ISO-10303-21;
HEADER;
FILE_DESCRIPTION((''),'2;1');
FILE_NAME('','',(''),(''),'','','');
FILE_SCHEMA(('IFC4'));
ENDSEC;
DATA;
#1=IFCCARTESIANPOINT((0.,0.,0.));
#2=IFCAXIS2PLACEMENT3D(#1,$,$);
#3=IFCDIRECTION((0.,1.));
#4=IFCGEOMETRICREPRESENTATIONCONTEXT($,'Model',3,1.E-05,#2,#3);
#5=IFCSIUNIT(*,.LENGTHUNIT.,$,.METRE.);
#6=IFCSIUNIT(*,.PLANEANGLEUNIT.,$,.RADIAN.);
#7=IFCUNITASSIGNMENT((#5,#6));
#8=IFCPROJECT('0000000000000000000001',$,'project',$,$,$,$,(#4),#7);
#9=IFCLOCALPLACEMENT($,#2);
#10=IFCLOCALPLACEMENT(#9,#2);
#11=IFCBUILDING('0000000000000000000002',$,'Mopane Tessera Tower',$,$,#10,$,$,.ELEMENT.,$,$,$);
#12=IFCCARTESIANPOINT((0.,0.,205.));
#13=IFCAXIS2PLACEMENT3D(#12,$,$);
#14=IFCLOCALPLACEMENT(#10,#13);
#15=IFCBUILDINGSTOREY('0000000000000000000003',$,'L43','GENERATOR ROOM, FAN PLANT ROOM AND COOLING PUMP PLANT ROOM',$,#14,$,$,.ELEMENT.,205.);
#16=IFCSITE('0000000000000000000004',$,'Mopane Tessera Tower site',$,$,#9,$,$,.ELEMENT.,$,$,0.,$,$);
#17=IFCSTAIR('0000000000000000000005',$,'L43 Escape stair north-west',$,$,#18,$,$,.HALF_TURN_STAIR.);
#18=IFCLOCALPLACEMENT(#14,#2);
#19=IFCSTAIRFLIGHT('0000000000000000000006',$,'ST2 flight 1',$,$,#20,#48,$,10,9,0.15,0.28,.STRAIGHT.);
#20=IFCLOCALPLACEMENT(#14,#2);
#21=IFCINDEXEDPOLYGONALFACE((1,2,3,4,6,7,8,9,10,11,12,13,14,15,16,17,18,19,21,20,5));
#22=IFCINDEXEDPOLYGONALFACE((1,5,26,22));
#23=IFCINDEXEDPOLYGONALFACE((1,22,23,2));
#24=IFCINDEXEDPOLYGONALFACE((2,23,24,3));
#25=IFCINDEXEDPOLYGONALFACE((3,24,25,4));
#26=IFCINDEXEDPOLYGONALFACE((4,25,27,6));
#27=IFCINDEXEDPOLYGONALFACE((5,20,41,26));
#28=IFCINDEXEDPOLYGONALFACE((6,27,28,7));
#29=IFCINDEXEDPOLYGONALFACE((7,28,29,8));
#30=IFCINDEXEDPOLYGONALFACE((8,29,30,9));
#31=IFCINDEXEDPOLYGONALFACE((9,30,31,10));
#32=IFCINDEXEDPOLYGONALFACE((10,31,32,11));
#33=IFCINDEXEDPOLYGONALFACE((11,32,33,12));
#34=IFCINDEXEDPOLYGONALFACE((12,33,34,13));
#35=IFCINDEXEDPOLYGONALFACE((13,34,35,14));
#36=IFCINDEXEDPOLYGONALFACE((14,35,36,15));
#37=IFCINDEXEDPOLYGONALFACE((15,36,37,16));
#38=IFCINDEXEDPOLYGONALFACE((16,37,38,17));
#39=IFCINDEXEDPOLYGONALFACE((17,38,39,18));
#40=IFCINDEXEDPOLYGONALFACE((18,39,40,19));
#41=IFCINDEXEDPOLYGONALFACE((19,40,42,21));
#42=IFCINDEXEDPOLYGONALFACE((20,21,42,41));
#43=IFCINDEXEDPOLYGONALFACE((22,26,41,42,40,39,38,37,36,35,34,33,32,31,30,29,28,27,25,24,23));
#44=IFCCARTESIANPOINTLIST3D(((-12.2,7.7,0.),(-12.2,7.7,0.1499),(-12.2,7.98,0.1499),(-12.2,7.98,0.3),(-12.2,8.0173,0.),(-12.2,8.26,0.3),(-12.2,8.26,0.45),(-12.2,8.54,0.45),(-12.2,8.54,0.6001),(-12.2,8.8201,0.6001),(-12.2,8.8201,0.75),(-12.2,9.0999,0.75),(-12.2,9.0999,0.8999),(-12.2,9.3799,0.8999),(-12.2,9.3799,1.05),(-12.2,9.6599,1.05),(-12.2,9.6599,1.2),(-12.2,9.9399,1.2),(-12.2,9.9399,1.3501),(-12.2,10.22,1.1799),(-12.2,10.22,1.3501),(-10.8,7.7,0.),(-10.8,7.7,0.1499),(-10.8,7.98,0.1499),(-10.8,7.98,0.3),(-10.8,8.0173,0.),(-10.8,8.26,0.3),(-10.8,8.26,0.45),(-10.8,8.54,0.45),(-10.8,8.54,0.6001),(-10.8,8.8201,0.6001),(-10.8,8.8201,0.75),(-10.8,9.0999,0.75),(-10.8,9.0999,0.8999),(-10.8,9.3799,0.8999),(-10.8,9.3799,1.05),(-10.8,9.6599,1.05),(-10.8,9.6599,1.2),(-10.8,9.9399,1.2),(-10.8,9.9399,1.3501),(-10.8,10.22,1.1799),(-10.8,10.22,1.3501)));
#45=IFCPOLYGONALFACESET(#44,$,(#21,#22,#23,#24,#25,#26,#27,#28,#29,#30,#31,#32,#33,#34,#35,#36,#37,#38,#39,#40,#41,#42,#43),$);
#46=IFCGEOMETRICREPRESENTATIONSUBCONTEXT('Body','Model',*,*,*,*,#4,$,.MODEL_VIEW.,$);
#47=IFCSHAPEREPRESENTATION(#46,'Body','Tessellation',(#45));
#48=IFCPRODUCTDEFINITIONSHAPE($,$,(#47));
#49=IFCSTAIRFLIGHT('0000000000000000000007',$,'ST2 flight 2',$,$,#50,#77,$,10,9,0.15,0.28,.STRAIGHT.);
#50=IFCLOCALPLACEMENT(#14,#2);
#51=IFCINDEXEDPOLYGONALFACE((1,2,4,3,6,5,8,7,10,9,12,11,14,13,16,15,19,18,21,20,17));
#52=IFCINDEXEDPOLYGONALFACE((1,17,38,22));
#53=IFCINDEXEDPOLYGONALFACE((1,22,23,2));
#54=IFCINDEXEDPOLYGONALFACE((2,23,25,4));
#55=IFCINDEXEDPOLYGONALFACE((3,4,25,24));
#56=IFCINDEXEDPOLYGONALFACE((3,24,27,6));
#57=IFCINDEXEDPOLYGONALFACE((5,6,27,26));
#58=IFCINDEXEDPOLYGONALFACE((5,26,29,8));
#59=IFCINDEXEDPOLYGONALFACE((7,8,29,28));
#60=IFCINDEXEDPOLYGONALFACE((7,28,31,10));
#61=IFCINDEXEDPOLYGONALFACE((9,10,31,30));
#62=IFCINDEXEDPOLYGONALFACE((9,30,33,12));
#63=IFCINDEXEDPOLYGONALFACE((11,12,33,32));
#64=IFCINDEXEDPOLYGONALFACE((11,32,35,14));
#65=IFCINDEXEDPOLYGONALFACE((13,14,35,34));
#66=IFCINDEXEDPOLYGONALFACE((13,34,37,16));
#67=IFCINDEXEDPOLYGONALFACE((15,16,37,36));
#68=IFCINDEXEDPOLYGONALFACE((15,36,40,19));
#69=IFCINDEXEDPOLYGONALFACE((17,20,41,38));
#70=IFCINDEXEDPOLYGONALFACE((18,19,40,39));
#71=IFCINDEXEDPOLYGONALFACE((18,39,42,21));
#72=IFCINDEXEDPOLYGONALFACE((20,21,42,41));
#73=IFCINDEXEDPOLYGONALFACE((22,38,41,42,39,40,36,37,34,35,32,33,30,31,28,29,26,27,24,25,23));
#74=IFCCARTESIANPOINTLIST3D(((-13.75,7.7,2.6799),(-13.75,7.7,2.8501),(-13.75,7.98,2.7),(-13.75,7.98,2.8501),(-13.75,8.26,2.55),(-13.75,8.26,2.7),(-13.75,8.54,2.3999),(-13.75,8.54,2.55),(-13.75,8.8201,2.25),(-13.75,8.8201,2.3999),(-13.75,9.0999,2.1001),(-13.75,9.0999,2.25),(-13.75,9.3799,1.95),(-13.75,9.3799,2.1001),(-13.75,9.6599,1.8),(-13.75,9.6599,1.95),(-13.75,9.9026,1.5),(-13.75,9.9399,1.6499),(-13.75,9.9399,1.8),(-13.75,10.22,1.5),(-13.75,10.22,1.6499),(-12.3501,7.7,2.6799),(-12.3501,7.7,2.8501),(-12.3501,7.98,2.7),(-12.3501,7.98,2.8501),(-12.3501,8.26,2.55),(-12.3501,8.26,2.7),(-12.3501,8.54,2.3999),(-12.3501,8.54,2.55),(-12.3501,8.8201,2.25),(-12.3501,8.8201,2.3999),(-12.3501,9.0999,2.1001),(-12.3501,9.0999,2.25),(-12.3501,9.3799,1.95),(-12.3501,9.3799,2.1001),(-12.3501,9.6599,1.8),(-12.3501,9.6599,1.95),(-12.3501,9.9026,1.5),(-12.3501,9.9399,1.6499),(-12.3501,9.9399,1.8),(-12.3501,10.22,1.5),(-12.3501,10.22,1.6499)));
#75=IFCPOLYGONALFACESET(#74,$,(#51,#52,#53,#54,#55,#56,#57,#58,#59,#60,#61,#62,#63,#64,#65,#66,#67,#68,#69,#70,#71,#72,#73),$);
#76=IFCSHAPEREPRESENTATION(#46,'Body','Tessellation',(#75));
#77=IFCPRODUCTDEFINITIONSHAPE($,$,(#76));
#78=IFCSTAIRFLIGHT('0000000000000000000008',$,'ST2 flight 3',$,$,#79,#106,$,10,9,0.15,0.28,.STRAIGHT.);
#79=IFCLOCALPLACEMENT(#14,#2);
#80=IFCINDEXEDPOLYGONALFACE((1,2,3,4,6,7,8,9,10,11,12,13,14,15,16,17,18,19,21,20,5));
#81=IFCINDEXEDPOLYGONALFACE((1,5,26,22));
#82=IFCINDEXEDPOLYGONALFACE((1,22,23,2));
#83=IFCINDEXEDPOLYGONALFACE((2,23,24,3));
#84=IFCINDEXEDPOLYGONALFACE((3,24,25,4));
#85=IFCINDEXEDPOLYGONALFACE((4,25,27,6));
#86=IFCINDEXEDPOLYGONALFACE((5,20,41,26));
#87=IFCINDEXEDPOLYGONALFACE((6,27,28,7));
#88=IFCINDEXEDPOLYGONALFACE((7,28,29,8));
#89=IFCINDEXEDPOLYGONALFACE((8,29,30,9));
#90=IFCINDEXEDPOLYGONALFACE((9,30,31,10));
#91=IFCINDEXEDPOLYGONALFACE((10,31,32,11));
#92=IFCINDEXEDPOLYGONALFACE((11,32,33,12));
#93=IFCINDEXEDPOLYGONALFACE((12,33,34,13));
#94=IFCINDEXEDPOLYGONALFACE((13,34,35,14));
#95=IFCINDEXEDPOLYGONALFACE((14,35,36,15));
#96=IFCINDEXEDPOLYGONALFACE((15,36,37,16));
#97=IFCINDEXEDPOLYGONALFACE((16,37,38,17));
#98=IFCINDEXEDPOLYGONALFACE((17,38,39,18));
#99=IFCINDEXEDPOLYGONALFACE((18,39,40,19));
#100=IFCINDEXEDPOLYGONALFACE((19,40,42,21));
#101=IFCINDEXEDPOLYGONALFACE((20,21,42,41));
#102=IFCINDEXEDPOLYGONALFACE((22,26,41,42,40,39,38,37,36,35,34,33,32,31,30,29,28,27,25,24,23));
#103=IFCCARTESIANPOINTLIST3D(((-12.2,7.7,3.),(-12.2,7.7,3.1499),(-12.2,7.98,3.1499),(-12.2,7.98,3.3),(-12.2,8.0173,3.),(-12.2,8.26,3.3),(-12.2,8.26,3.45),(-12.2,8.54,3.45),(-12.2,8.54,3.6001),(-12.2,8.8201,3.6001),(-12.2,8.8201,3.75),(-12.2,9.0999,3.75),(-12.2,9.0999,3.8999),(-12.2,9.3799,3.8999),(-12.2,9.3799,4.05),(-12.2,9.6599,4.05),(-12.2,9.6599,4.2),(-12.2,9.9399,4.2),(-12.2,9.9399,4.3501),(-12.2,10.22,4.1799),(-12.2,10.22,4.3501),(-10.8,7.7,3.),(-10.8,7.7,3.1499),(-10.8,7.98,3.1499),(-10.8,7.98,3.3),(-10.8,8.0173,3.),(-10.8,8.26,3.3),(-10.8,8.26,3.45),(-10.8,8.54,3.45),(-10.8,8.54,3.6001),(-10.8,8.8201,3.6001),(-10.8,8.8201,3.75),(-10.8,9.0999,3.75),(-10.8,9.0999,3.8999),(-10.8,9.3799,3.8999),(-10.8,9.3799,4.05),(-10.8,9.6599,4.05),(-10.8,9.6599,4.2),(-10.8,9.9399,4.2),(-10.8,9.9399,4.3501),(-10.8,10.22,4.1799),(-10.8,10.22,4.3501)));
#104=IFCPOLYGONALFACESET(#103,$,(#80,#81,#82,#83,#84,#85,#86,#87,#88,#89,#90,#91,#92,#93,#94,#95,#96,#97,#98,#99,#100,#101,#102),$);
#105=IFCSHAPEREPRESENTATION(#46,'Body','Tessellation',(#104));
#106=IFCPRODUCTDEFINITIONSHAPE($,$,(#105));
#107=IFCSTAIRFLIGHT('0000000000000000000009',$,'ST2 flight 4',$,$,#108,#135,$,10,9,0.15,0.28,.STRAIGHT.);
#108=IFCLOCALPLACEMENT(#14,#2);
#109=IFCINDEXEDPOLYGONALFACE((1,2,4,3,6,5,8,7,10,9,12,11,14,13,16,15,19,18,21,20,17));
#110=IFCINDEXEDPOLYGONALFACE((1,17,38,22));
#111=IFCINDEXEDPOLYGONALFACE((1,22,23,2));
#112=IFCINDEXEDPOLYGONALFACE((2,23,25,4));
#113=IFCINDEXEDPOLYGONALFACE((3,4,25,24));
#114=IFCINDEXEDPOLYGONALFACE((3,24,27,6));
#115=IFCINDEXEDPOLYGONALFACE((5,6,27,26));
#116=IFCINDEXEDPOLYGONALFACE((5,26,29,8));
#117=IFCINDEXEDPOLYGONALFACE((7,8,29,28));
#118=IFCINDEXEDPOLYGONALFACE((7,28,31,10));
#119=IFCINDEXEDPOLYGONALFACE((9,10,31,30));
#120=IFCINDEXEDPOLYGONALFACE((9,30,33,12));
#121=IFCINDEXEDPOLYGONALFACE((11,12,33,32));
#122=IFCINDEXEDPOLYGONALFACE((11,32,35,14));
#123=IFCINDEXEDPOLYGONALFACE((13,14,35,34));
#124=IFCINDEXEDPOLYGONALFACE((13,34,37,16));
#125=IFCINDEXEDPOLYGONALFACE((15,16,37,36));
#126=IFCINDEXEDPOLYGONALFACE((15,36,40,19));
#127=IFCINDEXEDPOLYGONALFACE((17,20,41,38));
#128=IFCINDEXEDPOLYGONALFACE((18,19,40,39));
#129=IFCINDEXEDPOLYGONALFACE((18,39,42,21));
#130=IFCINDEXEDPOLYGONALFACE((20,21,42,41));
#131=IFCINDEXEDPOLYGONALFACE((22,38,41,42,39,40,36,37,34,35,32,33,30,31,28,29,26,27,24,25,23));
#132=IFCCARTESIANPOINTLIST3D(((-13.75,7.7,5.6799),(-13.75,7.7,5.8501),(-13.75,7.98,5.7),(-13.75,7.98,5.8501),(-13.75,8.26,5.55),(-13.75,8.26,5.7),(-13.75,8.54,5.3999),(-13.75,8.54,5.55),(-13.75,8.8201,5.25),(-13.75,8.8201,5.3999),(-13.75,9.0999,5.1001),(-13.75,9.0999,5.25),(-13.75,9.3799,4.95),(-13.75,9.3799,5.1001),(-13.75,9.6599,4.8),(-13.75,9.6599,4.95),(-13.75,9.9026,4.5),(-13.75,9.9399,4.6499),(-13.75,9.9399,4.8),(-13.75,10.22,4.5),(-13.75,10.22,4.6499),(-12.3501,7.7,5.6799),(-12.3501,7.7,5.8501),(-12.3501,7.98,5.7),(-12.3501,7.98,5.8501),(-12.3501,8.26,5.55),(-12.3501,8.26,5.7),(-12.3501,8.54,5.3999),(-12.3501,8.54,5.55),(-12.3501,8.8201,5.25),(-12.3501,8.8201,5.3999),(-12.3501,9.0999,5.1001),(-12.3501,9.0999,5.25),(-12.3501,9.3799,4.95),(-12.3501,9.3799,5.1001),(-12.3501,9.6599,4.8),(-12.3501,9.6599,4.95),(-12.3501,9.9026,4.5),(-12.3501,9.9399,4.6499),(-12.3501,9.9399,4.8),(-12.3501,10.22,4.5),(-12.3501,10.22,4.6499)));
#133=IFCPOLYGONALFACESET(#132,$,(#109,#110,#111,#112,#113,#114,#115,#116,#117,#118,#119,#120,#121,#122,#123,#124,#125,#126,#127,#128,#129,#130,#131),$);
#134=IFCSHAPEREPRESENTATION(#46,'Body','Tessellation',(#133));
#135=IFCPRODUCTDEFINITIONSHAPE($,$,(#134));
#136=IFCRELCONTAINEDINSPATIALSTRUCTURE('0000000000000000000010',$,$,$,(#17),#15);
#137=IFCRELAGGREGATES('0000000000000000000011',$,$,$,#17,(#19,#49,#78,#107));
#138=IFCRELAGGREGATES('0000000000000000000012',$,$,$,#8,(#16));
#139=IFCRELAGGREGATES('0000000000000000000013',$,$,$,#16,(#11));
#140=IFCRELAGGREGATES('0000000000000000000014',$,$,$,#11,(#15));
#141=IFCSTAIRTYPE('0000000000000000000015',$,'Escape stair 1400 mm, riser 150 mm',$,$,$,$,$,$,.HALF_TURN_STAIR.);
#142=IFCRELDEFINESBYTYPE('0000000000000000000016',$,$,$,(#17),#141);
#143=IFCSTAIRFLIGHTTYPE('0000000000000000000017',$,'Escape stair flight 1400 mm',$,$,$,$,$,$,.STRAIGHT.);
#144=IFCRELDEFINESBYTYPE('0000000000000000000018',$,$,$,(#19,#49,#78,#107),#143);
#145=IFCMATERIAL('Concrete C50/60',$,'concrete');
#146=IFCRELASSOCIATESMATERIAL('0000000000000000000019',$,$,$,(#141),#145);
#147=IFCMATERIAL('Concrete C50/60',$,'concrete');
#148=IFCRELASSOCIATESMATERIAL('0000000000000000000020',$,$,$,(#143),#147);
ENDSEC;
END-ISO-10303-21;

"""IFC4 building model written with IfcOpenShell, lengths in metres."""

from ifc_helpers import new_model, si_unit, direction, frame, origin, place, context, subcontext, project, spatial, polyline, outline, extrude, material, type_object, element, aggregate, save


model = new_model("IFC4")

# Units and contexts
model_context = context("Model", 3, precision=1e-05, world=origin(), true_north=direction((0.0, 1.0)))
body_context = subcontext(model_context, "Body", "Model", "MODEL_VIEW")
ifc_project = project(units=[si_unit("LENGTHUNIT", "METRE"), si_unit("PLANEANGLEUNIT", "RADIAN")], contexts=[model_context])

# Site, building, storey
site_placement = place(None, origin())
site = spatial("IfcSite", under=ifc_project, at=site_placement, Name="Mopane Tessera Tower site", CompositionType="ELEMENT", RefElevation=0.0)
building_placement = place(site_placement, origin())
building = spatial("IfcBuilding", under=site, at=building_placement, Name="Mopane Tessera Tower", CompositionType="ELEMENT")
storey_placement = place(building_placement, frame((0.0, 0.0, 205.0)))
storey = spatial("IfcBuildingStorey", under=building, at=storey_placement, Name="L43", Description="GENERATOR ROOM, FAN PLANT ROOM AND COOLING PUMP PLANT ROOM", CompositionType="ELEMENT", Elevation=205.0)

# Stair, stair flights
ifc_material_1 = material(Name="Concrete C50/60", Category="concrete")
stair_type = type_object("IfcStairType", Name="Escape stair 1400 mm, riser 150 mm", PredefinedType="HALF_TURN_STAIR", material=ifc_material_1)
stair_placement = place(storey_placement, origin())
stair = element("IfcStair", 1, at=stair_placement, inside=storey, type_object=stair_type, Name="L43 Escape stair north-west", PredefinedType="HALF_TURN_STAIR")
ifc_material_2 = material(Name="Concrete C50/60", Category="concrete")
stair_flight_type = type_object("IfcStairFlightType", Name="Escape stair flight 1400 mm", PredefinedType="STRAIGHT", material=ifc_material_2)
stair_flight_1_placement = place(storey_placement, frame((-11.5, 7.7, 0.0), z_axis=(0.0, 0.0, 1.0), x_axis=(0.0, 1.0, 0.0)))
stair_flight_1 = element("IfcStairFlight", 2, at=stair_flight_1_placement, type_object=stair_flight_type, Name="ST2 flight 1", NumberOfRisers=10, NumberOfTreads=9, PredefinedType="STRAIGHT", RiserHeight=0.15, TreadLength=0.28, context=body_context, shape_type="SweptSolid", body=[
    extrude(outline(polyline([(0.0, 0.0), (0.0, 0.1499), (0.28, 0.1499), (0.28, 0.3), (0.5601, 0.3), (0.5601, 0.45), (0.8401, 0.45), (0.8401, 0.6001), (1.1201, 0.6001), (1.1201, 0.75), (1.3999, 0.75), (1.3999, 0.8999), (1.6799, 0.8999), (1.6799, 1.05), (1.96, 1.05), (1.96, 1.2), (2.24, 1.2), (2.24, 1.3501), (2.52, 1.3501), (2.52, 1.5), (2.52, 1.1799), (0.3174, 0.0), (0.0, 0.0)])), frame((0.0, 0.7, 0.0), z_axis=(0.0, -1.0, 0.0), x_axis=(1.0, 0.0, 0.0)), (0.0, 0.0, 1.0), 1.3999),
])
stair_flight_2_placement = place(storey_placement, frame((-13.05, 10.22, 1.5), z_axis=(0.0, 0.0, 1.0), x_axis=(0.0, -1.0, 0.0)))
stair_flight_2 = element("IfcStairFlight", 3, at=stair_flight_2_placement, type_object=stair_flight_type, Name="ST2 flight 2", NumberOfRisers=10, NumberOfTreads=9, PredefinedType="STRAIGHT", RiserHeight=0.15, TreadLength=0.28, context=body_context, shape_type="SweptSolid", body=[
    extrude(outline(polyline([(0.0, 0.0), (0.0, 0.1499), (0.28, 0.1499), (0.28, 0.3), (0.5601, 0.3), (0.5601, 0.45), (0.8401, 0.45), (0.8401, 0.6001), (1.1201, 0.6001), (1.1201, 0.75), (1.3999, 0.75), (1.3999, 0.8999), (1.6799, 0.8999), (1.6799, 1.05), (1.96, 1.05), (1.96, 1.2), (2.24, 1.2), (2.24, 1.3501), (2.52, 1.3501), (2.52, 1.5), (2.52, 1.1799), (0.3174, 0.0), (0.0, 0.0)])), frame((0.0, 0.7, 0.0), z_axis=(0.0, -1.0, 0.0), x_axis=(1.0, 0.0, 0.0)), (0.0, 0.0, 1.0), 1.3999),
])
stair_flight_3_placement = place(storey_placement, frame((-11.5, 7.7, 3.0), z_axis=(0.0, 0.0, 1.0), x_axis=(0.0, 1.0, 0.0)))
stair_flight_3 = element("IfcStairFlight", 4, at=stair_flight_3_placement, type_object=stair_flight_type, Name="ST2 flight 3", NumberOfRisers=10, NumberOfTreads=9, PredefinedType="STRAIGHT", RiserHeight=0.15, TreadLength=0.28, context=body_context, shape_type="SweptSolid", body=[
    extrude(outline(polyline([(0.0, 0.0), (0.0, 0.1499), (0.28, 0.1499), (0.28, 0.3), (0.5601, 0.3), (0.5601, 0.45), (0.8401, 0.45), (0.8401, 0.6001), (1.1201, 0.6001), (1.1201, 0.75), (1.3999, 0.75), (1.3999, 0.8999), (1.6799, 0.8999), (1.6799, 1.05), (1.96, 1.05), (1.96, 1.2), (2.24, 1.2), (2.24, 1.3501), (2.52, 1.3501), (2.52, 1.5), (2.52, 1.1799), (0.3174, 0.0), (0.0, 0.0)])), frame((0.0, 0.7, 0.0), z_axis=(0.0, -1.0, 0.0), x_axis=(1.0, 0.0, 0.0)), (0.0, 0.0, 1.0), 1.3999),
])
stair_flight_4_placement = place(storey_placement, frame((-13.05, 10.22, 4.5), z_axis=(0.0, 0.0, 1.0), x_axis=(0.0, -1.0, 0.0)))
stair_flight_4 = element("IfcStairFlight", 5, at=stair_flight_4_placement, type_object=stair_flight_type, Name="ST2 flight 4", NumberOfRisers=10, NumberOfTreads=9, PredefinedType="STRAIGHT", RiserHeight=0.15, TreadLength=0.28, context=body_context, shape_type="SweptSolid", body=[
    extrude(outline(polyline([(0.0, 0.0), (0.0, 0.1499), (0.28, 0.1499), (0.28, 0.3), (0.5601, 0.3), (0.5601, 0.45), (0.8401, 0.45), (0.8401, 0.6001), (1.1201, 0.6001), (1.1201, 0.75), (1.3999, 0.75), (1.3999, 0.8999), (1.6799, 0.8999), (1.6799, 1.05), (1.96, 1.05), (1.96, 1.2), (2.24, 1.2), (2.24, 1.3501), (2.52, 1.3501), (2.52, 1.5), (2.52, 1.1799), (0.3174, 0.0), (0.0, 0.0)])), frame((0.0, 0.7, 0.0), z_axis=(0.0, -1.0, 0.0), x_axis=(1.0, 0.0, 0.0)), (0.0, 0.0, 1.0), 1.3999),
])
aggregate(stair, [stair_flight_1, stair_flight_2, stair_flight_3, stair_flight_4])

save(model, "model.ifc")
